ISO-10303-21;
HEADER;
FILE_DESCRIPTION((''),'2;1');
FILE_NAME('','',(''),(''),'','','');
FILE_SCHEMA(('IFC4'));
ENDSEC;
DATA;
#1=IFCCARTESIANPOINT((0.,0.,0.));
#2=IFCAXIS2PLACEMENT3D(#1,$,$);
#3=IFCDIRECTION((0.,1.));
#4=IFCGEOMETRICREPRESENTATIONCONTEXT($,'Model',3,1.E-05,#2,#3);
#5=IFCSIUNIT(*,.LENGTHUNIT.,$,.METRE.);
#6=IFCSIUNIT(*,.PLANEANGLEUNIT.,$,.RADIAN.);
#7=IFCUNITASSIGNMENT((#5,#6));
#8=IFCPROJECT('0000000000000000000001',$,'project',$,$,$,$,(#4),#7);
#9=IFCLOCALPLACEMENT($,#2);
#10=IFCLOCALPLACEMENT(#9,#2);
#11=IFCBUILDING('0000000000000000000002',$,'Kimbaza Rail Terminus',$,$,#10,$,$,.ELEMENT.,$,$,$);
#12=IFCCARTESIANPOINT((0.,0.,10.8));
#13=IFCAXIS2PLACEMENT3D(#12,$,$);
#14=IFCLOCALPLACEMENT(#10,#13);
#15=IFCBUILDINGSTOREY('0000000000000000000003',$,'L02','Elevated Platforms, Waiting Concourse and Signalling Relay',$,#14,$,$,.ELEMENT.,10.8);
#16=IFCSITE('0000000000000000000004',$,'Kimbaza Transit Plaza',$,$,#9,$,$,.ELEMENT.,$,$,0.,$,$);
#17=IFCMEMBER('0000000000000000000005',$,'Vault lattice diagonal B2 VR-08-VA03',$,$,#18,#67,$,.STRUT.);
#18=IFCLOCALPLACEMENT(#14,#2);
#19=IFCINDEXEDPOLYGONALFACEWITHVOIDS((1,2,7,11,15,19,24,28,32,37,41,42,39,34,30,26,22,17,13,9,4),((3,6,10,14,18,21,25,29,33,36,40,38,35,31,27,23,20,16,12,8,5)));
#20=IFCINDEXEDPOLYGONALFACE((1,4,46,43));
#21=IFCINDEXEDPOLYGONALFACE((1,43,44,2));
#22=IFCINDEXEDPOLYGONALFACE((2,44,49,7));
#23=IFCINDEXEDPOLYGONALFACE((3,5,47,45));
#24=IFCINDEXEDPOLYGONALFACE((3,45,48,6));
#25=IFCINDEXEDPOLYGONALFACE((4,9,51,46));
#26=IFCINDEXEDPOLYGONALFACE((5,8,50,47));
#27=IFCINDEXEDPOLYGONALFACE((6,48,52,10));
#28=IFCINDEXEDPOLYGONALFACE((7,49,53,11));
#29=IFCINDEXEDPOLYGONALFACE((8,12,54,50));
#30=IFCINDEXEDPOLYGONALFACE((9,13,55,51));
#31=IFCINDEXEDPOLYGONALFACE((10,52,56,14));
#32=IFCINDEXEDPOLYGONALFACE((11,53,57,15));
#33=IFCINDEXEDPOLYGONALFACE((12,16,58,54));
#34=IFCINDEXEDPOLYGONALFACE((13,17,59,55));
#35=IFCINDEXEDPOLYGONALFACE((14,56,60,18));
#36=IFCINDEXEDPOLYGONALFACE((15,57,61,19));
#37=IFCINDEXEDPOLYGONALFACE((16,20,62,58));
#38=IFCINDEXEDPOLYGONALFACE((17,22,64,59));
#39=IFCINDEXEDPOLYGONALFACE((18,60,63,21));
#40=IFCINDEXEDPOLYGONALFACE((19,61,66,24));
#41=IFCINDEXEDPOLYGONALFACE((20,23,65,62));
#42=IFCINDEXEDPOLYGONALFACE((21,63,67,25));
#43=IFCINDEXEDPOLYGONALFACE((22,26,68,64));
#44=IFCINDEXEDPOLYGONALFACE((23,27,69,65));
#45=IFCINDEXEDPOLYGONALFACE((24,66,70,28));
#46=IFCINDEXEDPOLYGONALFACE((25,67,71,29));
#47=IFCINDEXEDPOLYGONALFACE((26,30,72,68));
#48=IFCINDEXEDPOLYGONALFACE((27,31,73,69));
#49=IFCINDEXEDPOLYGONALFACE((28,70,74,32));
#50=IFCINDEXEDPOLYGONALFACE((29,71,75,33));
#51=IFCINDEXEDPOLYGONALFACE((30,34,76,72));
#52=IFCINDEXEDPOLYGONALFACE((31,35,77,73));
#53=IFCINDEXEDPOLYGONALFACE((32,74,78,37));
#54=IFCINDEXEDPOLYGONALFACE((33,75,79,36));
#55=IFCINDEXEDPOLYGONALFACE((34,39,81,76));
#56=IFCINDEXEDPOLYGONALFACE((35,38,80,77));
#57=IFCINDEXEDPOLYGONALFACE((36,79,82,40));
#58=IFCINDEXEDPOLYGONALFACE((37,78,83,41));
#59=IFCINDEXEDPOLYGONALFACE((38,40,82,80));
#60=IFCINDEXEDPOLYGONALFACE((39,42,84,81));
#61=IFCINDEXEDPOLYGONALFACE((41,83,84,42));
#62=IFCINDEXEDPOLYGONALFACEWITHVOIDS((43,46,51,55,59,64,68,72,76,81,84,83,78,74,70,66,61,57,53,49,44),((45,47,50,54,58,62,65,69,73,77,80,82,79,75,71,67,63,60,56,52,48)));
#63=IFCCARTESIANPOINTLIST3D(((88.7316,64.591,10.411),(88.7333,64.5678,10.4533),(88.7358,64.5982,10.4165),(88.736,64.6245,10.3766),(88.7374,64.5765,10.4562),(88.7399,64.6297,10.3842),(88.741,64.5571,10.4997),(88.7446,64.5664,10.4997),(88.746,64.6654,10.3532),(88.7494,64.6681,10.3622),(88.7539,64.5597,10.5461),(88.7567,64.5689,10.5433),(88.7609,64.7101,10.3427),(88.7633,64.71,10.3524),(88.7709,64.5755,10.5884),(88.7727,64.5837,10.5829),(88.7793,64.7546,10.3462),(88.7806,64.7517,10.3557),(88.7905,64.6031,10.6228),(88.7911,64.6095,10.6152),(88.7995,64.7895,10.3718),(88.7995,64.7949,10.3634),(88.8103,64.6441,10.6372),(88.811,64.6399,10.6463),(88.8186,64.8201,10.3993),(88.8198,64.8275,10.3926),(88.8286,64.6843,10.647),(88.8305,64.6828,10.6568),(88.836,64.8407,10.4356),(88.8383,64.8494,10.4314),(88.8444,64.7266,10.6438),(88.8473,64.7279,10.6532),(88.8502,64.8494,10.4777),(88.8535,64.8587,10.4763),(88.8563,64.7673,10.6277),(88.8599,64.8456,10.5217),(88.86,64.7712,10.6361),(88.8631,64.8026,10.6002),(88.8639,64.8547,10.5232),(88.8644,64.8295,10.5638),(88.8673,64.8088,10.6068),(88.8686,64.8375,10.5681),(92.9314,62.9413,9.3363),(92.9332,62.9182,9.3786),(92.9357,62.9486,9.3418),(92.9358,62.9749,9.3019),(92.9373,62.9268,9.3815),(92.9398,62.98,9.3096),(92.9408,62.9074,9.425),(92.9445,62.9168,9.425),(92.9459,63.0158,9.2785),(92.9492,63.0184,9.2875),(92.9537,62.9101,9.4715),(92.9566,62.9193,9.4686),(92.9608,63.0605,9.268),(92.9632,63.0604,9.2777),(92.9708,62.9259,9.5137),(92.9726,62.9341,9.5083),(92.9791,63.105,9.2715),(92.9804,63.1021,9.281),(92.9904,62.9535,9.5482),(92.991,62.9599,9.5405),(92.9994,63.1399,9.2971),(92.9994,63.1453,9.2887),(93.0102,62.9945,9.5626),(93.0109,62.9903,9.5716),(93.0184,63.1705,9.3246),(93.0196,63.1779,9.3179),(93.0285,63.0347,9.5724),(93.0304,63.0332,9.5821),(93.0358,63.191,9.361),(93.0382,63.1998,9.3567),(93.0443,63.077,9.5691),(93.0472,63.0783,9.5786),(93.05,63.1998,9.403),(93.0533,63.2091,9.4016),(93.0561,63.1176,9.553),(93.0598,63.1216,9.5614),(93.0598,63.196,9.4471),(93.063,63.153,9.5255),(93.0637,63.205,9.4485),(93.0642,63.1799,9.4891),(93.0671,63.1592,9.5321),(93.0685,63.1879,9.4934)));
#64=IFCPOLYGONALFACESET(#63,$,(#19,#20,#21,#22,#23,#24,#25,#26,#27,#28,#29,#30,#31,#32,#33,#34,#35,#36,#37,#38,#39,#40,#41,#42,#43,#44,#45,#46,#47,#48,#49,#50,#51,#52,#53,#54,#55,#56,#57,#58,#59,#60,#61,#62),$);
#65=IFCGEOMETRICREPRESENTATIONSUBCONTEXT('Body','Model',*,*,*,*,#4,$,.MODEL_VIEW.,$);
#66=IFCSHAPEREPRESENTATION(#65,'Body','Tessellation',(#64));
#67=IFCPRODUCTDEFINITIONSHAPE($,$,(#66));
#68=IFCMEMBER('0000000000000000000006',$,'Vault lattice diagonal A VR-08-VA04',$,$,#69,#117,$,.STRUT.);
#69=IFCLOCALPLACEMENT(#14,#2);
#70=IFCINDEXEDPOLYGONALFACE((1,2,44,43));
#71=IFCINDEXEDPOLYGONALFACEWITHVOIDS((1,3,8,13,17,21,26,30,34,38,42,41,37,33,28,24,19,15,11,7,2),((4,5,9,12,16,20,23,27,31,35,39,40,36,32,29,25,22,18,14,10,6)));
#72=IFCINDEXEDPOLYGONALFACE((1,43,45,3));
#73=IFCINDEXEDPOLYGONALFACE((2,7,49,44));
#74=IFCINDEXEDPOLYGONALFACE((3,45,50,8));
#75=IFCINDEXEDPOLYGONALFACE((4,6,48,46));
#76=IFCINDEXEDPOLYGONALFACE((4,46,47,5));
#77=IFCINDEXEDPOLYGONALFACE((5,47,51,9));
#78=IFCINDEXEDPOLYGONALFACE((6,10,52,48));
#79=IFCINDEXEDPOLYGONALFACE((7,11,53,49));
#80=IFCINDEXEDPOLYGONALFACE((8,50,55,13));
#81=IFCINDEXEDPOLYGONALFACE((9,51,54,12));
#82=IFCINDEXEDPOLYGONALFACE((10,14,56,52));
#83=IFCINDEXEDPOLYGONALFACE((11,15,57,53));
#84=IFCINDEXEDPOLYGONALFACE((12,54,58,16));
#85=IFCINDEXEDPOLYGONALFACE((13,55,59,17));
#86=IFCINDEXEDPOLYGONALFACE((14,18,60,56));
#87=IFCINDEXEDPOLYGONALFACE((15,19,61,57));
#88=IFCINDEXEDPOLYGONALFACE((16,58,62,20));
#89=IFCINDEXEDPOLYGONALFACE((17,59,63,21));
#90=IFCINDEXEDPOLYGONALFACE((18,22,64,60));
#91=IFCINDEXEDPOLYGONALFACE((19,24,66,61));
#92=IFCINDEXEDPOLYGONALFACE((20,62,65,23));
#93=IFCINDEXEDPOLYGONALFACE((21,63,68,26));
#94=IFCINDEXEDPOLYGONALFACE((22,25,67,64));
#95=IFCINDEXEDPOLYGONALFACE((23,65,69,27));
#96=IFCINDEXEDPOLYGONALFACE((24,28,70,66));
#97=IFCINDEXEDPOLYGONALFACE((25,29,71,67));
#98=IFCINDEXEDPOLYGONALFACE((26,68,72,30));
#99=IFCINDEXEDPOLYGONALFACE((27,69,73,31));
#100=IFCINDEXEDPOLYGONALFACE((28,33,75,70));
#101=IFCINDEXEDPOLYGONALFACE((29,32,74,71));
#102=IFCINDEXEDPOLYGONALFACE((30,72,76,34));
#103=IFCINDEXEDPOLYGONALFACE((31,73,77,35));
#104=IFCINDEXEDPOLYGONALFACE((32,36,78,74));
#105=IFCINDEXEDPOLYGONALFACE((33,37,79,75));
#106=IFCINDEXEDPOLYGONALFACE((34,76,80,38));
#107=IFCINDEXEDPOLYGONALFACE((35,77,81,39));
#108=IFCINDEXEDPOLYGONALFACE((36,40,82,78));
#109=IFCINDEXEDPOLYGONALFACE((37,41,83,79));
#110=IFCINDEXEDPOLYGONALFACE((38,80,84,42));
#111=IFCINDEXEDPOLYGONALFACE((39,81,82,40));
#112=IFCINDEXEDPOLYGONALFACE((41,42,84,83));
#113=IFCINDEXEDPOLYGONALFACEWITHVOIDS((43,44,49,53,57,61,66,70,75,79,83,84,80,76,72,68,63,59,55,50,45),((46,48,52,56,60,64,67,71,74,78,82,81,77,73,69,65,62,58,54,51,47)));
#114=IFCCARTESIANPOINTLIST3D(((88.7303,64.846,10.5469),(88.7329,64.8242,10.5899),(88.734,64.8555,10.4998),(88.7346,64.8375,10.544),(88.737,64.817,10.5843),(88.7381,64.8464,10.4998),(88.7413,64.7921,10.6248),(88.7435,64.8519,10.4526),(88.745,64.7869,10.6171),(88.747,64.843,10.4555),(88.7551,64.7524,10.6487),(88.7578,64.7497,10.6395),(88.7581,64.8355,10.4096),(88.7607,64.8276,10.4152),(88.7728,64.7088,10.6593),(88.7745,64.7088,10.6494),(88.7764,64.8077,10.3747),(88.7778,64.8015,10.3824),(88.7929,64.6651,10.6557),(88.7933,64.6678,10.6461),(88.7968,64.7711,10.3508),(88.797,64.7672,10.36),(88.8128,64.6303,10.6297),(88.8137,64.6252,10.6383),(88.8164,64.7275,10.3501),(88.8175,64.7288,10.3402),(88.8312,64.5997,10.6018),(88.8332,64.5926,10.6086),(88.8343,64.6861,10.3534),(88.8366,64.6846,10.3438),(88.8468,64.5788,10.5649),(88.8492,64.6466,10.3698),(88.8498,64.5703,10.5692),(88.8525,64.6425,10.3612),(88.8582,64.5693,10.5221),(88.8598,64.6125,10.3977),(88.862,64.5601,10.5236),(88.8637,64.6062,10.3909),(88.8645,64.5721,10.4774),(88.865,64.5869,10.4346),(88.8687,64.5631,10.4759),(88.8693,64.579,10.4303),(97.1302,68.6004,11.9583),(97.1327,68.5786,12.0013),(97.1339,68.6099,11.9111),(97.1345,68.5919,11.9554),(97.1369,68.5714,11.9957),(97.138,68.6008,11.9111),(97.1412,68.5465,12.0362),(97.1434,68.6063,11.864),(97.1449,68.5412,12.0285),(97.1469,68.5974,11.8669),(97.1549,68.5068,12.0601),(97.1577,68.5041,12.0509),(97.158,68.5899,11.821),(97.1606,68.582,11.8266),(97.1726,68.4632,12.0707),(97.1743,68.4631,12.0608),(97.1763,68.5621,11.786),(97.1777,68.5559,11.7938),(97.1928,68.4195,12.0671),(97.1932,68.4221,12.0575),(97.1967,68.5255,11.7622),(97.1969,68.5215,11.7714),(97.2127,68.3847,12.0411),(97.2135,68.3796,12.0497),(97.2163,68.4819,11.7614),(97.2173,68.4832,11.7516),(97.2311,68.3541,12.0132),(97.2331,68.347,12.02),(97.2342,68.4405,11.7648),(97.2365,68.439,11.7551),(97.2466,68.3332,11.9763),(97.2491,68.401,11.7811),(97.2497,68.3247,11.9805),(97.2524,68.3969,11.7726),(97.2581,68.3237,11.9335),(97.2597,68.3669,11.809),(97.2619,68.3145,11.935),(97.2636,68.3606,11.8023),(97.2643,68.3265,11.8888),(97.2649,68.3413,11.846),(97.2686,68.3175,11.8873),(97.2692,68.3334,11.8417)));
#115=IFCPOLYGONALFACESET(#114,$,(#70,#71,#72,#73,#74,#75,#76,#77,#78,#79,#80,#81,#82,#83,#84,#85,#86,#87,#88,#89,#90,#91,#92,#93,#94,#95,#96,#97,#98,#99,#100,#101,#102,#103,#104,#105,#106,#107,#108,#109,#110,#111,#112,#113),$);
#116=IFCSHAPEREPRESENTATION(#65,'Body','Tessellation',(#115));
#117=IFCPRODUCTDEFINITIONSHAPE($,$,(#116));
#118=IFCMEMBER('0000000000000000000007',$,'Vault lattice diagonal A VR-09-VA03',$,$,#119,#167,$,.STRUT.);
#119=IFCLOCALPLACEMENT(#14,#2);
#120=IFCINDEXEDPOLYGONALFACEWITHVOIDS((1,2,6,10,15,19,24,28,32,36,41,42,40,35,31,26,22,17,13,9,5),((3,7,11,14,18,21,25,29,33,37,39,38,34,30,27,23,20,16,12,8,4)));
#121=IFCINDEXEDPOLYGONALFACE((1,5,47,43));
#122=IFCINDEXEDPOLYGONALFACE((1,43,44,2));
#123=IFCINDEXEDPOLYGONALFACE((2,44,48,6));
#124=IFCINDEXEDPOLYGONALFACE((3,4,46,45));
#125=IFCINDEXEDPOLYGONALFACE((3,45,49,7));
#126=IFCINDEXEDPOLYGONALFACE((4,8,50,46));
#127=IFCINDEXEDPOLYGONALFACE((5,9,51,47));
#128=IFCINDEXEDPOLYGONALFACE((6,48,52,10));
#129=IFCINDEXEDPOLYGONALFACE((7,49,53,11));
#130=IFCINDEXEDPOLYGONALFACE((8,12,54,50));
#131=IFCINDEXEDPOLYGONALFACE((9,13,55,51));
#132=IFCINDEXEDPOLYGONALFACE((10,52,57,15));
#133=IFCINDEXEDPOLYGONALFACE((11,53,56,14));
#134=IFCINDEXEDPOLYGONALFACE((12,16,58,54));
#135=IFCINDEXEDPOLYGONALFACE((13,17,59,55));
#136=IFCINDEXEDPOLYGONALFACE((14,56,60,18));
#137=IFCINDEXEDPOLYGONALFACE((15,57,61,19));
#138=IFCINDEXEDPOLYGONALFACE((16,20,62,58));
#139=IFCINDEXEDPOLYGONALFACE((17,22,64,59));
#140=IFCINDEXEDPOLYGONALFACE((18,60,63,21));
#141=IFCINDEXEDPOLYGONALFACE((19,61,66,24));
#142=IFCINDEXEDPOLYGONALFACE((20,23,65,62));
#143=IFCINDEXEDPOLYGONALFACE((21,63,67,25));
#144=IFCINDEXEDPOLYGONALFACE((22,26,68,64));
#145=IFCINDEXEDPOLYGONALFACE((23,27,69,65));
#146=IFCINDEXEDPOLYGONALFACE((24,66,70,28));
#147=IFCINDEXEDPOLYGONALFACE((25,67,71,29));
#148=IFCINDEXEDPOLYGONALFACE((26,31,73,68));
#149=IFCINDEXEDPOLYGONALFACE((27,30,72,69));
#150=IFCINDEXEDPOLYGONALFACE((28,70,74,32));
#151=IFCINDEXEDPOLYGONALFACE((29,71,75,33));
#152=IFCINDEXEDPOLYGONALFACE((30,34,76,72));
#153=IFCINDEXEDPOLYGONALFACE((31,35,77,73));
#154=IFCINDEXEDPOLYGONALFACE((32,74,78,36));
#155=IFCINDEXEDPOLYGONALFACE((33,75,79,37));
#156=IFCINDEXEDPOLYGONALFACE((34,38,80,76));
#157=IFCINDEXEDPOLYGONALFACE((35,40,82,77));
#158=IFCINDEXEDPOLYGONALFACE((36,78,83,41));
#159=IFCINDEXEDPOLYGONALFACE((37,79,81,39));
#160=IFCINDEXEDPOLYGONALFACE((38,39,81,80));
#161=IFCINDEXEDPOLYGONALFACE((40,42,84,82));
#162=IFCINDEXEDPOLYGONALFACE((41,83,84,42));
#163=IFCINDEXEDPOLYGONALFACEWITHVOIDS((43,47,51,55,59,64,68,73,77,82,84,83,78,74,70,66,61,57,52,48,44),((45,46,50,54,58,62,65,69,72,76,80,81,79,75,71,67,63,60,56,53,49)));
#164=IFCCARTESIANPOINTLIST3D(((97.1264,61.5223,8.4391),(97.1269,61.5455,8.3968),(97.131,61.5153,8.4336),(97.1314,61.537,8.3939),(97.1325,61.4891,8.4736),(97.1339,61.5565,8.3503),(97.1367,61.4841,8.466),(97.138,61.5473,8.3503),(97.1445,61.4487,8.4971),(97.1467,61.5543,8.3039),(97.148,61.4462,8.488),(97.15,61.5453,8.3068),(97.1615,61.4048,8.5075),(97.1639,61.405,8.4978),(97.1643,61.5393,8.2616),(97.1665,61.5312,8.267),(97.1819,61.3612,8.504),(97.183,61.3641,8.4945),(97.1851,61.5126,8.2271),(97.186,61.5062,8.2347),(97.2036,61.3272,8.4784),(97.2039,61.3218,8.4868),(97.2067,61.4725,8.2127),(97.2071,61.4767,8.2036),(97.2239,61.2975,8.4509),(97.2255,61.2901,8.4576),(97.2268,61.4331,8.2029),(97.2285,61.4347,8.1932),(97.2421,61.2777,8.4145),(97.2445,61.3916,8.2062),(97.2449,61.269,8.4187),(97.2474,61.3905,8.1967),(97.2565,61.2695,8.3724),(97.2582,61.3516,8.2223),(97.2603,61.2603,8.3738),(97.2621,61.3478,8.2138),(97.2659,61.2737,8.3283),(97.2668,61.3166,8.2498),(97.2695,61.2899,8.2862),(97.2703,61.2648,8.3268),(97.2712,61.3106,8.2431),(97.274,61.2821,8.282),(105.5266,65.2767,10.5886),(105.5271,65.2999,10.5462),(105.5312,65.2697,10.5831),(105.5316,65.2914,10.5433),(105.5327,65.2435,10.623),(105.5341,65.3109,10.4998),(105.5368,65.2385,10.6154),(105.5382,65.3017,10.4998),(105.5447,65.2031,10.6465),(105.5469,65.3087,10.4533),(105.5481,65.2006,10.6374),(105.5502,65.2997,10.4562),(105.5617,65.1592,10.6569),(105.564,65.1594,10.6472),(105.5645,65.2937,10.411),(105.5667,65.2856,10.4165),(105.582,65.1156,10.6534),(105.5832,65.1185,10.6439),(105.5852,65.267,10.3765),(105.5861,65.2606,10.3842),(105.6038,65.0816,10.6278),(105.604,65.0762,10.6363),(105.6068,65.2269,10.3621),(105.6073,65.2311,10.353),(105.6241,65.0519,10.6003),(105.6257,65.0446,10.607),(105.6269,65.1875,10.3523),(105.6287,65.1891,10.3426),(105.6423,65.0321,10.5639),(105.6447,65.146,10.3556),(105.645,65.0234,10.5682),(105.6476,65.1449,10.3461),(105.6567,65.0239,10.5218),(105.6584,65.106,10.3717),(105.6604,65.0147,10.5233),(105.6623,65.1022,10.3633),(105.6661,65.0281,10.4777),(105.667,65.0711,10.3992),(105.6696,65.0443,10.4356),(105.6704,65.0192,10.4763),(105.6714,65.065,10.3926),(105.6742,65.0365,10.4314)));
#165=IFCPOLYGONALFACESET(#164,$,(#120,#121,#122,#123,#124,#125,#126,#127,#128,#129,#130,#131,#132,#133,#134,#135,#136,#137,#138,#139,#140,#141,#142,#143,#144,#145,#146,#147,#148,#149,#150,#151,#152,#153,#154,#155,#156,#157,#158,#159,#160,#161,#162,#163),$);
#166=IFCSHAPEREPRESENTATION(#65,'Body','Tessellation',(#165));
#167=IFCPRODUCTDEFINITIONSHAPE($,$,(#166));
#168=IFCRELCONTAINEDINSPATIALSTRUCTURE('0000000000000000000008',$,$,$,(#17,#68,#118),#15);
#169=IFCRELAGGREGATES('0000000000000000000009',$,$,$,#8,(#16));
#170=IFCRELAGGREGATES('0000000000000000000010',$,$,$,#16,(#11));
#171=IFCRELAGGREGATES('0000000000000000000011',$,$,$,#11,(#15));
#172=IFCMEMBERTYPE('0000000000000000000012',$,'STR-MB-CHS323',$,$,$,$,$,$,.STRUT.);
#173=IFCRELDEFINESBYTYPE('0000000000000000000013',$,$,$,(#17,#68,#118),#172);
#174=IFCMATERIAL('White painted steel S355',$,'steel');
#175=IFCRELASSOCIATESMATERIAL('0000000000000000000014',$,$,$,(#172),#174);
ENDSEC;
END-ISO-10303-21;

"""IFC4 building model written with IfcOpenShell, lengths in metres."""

from ifc_helpers import new_model, si_unit, direction, frame, origin, origin_2d, place, context, subcontext, project, spatial, hollow_circle, extrude, material, material_profile, profile_set, type_object, element, save


model = new_model("IFC4")

# Units and contexts
model_context = context("Model", 3, precision=1e-05, world=origin(), true_north=direction((0.0, 1.0)))
body_context = subcontext(model_context, "Body", "Model", "MODEL_VIEW")
ifc_project = project(units=[si_unit("LENGTHUNIT", "METRE"), si_unit("PLANEANGLEUNIT", "RADIAN")], contexts=[model_context])

# Site, building, storey
site_placement = place(None, origin())
site = spatial("IfcSite", under=ifc_project, at=site_placement, Name="Kimbaza Transit Plaza", CompositionType="ELEMENT", RefElevation=0.0)
building_placement = place(site_placement, origin())
building = spatial("IfcBuilding", under=site, at=building_placement, Name="Kimbaza Rail Terminus", CompositionType="ELEMENT")
storey_placement = place(building_placement, frame((0.0, 0.0, 10.8)))
storey = spatial("IfcBuildingStorey", under=building, at=storey_placement, Name="L02", Description="Elevated Platforms, Waiting Concourse and Signalling Relay", CompositionType="ELEMENT", Elevation=10.8)

# Members
ifc_material_1 = material(Name="White painted steel S355", Category="steel")
ifc_material_profile_1 = material_profile(ifc_material_1, hollow_circle(Radius=0.1619, WallThickness=0.01, at=origin_2d()), Name="CHS 323.9x10")
ifc_profile_set_1 = profile_set([ifc_material_profile_1], Name="White painted steel S355")
member_type_1 = type_object("IfcMemberType", Name="STR-MB-CHS323", PredefinedType="STRUT", material=ifc_profile_set_1)
for number, where, z_axis, x_axis, name in (
    (1, (93.0, 63.0581, 9.425), (-0.905449, 0.355642, 0.231691), (-0.36559, -0.930776, 0.0), "Vault lattice diagonal B2 VR-08-VA03"),
):
    element("IfcMember", number, at=place(storey_placement, frame(where, z_axis=z_axis, x_axis=x_axis)), inside=storey, type_object=member_type_1, Name=name, PredefinedType="STRUT", context=body_context, shape_type="SweptSolid", body=[
        extrude(hollow_circle(Radius=0.1619, WallThickness=0.01, at=origin_2d()), origin(), (0.0, 0.0, 1.0), 4.6384),
    ])
member_1_placement = place(storey_placement, frame((88.8, 64.7078, 10.4998), z_axis=(0.902403, 0.403335, 0.151624), x_axis=(-0.408053, 0.912958, 0.0)))
element("IfcMember", 2, at=member_1_placement, inside=storey, type_object=member_type_1, Name="Vault lattice diagonal A VR-08-VA04", PredefinedType="STRUT", context=body_context, shape_type="SweptSolid", body=[
    extrude(hollow_circle(Radius=0.1619, WallThickness=0.01, at=origin_2d()), origin(), (0.0, 0.0, 1.0), 9.3083),
])
member_2_placement = place(storey_placement, frame((97.2, 61.4087, 8.3503), z_axis=(0.889027, 0.397345, 0.227483), x_axis=(-0.408043, 0.912963, 0.0)))
element("IfcMember", 3, at=member_2_placement, inside=storey, type_object=member_type_1, Name="Vault lattice diagonal A VR-09-VA03", PredefinedType="STRUT", context=body_context, shape_type="SweptSolid", body=[
    extrude(hollow_circle(Radius=0.1619, WallThickness=0.01, at=origin_2d()), origin(), (0.0, 0.0, 1.0), 9.4487),
])

save(model, "model.ifc")
